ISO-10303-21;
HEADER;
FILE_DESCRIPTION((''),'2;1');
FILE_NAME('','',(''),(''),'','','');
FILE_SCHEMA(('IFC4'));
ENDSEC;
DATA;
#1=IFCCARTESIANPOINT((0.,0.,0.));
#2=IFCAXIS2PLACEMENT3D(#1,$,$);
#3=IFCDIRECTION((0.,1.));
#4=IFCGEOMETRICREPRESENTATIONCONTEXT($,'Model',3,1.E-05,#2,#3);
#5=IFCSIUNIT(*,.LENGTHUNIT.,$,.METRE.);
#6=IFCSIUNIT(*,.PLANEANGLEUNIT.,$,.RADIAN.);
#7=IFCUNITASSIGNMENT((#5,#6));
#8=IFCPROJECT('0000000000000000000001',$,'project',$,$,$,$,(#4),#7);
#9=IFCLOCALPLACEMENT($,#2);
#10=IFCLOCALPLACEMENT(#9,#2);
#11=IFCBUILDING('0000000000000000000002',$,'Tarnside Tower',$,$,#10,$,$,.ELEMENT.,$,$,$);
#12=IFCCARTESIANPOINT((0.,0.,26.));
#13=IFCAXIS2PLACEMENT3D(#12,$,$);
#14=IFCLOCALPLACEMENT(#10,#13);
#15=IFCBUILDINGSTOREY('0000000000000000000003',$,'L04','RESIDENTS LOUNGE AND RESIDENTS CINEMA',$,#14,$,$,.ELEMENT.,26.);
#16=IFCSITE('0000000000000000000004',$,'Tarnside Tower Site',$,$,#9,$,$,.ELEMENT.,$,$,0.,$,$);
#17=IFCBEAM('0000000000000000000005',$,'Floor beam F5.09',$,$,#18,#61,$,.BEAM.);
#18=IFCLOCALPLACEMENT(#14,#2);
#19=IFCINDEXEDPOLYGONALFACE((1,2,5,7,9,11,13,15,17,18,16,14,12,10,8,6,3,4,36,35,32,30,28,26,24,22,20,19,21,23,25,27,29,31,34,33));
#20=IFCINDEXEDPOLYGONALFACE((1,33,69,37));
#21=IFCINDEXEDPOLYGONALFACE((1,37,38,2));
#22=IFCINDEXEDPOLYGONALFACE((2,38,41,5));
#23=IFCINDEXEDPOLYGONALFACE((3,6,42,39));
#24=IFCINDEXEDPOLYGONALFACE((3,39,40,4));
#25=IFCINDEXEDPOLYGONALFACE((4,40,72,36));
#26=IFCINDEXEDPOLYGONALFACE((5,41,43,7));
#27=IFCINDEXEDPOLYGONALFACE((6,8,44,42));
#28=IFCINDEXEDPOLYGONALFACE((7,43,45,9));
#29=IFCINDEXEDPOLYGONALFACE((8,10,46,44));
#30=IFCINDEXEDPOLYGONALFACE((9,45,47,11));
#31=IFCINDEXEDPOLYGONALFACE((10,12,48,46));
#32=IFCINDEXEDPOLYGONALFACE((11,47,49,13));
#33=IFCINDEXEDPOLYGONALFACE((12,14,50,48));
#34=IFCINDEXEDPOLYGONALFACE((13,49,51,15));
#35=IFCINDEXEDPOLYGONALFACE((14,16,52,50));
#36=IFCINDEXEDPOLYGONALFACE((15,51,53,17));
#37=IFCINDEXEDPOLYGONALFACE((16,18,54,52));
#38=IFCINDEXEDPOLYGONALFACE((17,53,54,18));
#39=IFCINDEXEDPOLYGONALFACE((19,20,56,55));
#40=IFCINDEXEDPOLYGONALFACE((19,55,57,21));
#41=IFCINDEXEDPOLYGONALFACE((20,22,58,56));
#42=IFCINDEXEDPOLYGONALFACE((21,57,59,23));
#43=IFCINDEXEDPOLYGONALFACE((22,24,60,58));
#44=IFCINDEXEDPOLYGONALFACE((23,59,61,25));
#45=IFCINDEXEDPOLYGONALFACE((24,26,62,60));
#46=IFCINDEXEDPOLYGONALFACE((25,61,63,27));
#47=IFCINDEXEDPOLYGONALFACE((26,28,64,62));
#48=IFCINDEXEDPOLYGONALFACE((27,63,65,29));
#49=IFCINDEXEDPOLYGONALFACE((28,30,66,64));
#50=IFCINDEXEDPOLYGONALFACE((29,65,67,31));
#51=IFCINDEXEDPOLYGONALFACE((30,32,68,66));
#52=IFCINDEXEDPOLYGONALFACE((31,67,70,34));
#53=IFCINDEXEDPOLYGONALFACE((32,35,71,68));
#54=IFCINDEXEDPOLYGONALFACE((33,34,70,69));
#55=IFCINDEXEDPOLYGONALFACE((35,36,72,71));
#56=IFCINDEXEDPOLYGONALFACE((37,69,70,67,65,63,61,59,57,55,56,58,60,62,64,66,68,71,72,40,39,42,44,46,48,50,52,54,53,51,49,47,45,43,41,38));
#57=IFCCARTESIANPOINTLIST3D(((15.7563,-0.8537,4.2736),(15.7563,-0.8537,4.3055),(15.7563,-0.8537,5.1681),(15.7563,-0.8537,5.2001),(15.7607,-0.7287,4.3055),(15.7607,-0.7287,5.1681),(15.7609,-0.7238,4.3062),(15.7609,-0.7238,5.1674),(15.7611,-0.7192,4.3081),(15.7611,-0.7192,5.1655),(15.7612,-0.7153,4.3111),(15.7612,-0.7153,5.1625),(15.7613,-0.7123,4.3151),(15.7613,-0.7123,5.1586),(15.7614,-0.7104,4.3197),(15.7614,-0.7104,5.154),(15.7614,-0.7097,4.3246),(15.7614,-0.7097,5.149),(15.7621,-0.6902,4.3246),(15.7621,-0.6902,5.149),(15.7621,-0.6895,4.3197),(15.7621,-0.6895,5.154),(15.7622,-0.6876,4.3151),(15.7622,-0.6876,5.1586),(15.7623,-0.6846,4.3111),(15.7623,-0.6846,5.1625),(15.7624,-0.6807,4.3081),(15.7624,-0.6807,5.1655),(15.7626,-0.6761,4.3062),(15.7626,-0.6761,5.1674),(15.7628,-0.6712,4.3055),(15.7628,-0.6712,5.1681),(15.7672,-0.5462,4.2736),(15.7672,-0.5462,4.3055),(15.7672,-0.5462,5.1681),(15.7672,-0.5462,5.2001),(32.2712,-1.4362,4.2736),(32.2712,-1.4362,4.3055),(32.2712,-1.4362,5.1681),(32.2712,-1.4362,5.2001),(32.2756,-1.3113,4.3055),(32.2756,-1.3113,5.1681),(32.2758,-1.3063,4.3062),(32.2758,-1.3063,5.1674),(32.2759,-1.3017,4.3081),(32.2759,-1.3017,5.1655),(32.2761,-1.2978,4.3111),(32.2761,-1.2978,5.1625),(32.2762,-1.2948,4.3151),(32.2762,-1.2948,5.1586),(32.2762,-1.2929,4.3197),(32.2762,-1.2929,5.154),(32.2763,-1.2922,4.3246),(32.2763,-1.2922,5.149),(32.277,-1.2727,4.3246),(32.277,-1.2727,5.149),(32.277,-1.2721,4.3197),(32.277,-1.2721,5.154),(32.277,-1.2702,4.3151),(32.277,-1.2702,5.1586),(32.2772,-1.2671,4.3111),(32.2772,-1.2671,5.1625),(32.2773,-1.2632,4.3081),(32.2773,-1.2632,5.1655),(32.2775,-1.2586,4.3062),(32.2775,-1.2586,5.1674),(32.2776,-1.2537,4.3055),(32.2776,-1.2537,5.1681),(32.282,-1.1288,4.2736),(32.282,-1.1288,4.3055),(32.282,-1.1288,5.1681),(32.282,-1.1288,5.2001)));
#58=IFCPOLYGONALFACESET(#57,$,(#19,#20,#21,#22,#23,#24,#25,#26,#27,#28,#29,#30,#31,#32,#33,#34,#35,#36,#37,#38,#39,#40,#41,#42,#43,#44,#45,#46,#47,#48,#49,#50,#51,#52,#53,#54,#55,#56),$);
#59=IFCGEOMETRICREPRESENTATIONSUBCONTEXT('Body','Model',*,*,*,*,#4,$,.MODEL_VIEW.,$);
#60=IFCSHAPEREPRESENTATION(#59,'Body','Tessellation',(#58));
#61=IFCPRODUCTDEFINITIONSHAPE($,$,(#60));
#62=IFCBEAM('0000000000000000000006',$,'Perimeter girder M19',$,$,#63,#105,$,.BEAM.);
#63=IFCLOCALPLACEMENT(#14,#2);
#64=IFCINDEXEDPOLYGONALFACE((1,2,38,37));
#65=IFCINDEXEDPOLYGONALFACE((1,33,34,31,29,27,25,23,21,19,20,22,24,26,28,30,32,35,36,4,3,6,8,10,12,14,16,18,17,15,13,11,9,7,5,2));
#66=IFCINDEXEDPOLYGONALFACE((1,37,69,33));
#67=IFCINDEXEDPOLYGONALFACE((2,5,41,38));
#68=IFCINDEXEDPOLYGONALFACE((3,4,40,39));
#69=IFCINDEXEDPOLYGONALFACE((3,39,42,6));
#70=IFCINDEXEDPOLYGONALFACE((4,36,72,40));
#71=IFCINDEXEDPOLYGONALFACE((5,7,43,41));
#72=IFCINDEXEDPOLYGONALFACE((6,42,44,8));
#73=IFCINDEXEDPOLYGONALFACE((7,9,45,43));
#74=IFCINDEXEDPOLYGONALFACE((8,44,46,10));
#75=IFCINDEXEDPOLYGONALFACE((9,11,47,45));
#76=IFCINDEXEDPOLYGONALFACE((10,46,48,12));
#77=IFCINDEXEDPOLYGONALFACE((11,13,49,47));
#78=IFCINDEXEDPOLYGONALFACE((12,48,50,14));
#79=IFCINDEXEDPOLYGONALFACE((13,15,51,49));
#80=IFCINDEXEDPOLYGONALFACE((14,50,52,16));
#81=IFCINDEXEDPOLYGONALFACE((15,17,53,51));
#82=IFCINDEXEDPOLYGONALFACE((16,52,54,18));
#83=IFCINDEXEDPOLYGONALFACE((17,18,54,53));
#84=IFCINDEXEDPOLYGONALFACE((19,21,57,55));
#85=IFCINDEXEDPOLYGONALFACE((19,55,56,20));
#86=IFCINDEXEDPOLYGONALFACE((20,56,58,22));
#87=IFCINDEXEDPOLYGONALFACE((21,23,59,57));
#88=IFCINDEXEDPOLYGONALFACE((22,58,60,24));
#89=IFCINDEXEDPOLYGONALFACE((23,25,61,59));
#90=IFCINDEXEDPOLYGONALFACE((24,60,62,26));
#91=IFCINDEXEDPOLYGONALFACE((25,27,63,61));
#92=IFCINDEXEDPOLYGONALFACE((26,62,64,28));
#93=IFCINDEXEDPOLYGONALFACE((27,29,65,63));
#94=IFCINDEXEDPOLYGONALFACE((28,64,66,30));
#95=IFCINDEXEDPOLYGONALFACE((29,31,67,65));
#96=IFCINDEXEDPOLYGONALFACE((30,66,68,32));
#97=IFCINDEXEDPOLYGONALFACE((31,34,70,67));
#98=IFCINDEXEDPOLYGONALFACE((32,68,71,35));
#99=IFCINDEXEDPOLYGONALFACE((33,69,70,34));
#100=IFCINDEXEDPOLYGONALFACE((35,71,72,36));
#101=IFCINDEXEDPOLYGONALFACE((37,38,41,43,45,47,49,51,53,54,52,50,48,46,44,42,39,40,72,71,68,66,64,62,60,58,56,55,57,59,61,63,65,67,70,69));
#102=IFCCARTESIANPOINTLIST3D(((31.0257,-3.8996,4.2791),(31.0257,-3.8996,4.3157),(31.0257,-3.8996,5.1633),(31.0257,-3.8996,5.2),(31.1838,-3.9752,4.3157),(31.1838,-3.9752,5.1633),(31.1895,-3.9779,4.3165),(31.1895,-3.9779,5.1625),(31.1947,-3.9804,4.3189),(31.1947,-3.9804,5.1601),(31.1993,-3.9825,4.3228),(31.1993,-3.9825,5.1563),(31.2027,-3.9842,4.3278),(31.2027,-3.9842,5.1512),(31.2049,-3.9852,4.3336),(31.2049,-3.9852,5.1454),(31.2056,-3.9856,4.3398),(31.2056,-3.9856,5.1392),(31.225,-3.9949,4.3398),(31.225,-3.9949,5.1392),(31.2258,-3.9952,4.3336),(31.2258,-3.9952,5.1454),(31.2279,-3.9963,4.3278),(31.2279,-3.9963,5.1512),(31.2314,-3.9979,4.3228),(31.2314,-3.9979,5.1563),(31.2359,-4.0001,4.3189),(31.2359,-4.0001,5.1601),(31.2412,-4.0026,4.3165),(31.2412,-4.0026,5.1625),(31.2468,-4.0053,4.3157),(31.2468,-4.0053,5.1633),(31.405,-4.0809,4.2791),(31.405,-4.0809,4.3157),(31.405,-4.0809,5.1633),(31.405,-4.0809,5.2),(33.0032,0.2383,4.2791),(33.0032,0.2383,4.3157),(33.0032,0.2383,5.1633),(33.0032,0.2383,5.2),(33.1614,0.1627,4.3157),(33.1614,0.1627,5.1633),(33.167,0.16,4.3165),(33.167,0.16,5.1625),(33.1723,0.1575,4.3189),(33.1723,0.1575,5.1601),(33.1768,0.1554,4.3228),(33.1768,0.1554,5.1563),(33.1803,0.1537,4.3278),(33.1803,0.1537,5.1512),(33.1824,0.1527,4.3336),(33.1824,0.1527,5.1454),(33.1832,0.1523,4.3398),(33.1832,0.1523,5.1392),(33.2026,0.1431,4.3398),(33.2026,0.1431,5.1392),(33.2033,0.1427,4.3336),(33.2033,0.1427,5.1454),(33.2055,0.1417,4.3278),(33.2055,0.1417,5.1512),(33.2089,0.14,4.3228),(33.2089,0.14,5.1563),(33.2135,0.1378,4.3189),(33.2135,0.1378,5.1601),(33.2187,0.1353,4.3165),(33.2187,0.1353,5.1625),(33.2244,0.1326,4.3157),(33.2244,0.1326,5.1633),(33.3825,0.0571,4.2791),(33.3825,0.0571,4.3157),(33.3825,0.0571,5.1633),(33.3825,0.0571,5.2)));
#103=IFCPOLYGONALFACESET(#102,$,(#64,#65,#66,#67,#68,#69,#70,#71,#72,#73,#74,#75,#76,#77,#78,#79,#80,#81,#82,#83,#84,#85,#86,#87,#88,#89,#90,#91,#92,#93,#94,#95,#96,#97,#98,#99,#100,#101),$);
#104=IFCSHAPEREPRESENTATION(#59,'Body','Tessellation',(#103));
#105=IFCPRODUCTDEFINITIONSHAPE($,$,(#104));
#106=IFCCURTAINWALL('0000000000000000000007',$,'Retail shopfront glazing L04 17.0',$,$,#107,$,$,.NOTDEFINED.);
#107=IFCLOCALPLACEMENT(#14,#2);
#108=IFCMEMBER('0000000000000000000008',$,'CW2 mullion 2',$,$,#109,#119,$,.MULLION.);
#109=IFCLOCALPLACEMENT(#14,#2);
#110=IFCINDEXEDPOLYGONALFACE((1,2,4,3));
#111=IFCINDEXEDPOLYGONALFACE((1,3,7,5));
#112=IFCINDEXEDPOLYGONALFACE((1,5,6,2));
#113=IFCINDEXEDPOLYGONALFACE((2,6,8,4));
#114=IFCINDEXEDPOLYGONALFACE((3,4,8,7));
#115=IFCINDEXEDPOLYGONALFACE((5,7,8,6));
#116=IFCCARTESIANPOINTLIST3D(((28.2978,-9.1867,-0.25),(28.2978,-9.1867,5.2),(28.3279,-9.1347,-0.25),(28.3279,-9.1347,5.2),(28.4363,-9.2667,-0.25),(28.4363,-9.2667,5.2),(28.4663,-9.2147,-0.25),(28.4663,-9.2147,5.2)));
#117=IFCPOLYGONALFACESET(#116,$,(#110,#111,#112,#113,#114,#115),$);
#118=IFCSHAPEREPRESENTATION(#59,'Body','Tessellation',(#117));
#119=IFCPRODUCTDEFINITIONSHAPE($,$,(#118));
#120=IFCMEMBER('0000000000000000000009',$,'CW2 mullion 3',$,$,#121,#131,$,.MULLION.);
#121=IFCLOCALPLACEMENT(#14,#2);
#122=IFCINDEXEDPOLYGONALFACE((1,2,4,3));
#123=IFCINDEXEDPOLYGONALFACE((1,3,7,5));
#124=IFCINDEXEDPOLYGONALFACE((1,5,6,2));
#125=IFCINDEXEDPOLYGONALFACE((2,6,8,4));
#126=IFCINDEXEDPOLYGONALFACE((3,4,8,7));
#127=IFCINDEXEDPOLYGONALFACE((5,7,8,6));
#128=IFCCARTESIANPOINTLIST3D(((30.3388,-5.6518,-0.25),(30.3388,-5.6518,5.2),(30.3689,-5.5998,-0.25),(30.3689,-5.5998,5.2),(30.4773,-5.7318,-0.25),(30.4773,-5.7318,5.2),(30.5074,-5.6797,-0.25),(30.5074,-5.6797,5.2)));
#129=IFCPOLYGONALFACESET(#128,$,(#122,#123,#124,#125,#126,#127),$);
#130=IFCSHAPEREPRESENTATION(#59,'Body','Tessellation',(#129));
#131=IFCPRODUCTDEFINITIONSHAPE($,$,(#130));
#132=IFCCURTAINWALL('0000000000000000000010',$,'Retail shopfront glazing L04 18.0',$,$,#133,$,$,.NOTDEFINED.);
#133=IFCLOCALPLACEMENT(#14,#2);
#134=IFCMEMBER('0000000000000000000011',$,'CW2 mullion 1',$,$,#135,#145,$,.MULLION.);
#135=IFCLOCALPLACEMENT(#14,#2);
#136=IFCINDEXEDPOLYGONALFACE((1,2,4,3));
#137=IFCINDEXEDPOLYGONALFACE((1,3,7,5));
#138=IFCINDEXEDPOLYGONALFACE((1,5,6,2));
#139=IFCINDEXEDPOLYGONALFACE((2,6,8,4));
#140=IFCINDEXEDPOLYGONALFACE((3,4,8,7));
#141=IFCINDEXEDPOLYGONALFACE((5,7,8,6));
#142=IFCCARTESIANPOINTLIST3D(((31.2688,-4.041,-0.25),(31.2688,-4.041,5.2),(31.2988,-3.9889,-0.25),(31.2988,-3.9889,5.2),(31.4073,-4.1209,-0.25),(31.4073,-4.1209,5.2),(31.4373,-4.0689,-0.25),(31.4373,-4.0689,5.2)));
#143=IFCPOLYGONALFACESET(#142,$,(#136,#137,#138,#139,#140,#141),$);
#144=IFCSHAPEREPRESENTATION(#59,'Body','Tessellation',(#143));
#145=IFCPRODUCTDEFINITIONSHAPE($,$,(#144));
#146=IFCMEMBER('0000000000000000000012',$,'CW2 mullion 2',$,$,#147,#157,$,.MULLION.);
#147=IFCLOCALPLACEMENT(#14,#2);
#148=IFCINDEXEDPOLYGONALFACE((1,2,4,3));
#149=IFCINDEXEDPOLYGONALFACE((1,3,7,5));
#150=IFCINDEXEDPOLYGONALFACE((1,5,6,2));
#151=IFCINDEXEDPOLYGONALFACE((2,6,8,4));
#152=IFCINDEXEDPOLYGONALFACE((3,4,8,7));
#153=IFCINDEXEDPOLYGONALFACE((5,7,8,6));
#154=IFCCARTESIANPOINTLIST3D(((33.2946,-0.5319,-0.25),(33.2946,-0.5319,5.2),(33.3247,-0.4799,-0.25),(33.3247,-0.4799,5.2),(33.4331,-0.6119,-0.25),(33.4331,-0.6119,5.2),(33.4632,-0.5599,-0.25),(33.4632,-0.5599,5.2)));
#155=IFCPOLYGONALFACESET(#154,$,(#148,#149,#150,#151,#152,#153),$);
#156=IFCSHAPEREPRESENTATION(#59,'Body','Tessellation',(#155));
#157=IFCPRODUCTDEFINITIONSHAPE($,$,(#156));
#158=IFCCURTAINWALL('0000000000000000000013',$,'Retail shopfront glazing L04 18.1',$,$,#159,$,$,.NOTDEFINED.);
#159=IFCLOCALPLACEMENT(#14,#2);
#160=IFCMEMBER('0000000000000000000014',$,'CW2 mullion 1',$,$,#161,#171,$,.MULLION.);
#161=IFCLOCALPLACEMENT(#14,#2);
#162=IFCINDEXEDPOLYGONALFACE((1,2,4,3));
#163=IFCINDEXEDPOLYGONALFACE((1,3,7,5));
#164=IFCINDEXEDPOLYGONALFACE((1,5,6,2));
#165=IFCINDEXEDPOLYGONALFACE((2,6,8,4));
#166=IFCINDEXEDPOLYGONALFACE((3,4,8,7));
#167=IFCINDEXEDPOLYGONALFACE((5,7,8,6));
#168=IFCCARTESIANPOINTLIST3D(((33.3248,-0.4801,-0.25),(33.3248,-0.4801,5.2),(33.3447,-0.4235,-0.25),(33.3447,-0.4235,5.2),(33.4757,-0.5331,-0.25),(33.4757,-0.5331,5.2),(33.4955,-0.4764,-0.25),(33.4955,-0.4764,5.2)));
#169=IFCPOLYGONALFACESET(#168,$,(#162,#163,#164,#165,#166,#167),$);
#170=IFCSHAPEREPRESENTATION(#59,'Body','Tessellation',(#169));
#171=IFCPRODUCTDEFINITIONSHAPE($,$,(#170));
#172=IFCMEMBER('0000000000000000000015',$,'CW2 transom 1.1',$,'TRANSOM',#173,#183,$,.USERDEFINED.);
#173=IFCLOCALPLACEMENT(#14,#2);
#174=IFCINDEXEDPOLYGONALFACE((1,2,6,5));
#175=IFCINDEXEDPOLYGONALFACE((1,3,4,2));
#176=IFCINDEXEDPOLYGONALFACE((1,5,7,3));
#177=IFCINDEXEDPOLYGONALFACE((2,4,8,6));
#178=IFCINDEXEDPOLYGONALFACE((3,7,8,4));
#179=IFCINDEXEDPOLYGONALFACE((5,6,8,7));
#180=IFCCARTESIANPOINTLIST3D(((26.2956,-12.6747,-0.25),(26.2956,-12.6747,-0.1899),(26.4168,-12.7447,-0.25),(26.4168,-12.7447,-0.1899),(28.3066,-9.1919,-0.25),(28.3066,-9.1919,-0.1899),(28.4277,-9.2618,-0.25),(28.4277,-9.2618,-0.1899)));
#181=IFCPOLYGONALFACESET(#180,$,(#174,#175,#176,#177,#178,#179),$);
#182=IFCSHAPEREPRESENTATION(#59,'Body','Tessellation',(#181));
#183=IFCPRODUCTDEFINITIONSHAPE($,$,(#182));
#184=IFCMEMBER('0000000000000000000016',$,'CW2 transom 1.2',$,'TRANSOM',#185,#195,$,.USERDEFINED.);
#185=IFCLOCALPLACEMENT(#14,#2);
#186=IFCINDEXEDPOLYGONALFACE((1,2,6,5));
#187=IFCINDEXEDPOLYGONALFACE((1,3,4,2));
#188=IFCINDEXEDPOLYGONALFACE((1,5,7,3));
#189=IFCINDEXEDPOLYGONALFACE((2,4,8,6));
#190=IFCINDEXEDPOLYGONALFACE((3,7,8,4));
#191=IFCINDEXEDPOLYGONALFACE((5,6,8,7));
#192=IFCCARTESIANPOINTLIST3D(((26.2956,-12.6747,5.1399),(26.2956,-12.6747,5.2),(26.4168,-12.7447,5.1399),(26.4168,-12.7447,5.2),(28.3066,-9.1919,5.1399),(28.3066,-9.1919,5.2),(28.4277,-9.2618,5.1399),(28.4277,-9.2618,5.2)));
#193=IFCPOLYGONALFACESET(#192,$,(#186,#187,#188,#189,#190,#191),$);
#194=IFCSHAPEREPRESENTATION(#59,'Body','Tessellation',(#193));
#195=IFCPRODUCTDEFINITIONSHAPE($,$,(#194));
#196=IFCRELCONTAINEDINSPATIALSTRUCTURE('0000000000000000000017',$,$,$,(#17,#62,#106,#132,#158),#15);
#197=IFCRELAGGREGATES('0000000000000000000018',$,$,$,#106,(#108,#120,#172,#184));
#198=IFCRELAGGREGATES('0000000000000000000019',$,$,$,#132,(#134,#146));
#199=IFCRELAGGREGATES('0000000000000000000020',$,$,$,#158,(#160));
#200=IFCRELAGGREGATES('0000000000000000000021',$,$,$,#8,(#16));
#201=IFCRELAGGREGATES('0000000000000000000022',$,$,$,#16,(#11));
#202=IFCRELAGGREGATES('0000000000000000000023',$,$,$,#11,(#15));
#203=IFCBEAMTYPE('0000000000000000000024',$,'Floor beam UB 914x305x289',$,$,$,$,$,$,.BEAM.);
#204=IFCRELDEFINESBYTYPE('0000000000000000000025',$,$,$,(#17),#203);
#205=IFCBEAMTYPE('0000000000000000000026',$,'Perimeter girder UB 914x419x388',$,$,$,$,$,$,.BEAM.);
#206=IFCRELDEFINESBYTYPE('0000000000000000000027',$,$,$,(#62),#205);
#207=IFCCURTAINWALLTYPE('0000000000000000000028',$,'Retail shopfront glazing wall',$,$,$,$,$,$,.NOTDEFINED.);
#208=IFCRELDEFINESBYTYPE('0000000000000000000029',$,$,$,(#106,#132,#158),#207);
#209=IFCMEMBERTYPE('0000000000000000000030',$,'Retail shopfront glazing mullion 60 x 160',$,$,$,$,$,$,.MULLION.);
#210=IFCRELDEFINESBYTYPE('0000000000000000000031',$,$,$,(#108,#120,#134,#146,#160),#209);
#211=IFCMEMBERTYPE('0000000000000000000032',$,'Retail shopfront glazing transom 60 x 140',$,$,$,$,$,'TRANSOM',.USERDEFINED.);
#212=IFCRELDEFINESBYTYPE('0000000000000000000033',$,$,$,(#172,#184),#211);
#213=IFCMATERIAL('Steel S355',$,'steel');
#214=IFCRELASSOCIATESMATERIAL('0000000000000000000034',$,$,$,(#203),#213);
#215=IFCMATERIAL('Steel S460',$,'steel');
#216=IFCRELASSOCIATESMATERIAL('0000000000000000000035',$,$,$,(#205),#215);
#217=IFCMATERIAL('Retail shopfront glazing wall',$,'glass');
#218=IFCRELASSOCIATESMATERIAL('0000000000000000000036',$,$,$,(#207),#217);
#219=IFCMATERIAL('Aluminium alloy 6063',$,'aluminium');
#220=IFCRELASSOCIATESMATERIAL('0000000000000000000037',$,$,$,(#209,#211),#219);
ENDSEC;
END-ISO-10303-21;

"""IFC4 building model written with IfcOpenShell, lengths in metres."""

from ifc_helpers import new_model, si_unit, direction, frame, origin, origin_2d, place, context, subcontext, project, spatial, rectangle, i_section, extrude, material, material_profile, profile_set, type_object, element, aggregate, save


model = new_model("IFC4")

# Units and contexts
model_context = context("Model", 3, precision=1e-05, world=origin(), true_north=direction((0.0, 1.0)))
body_context = subcontext(model_context, "Body", "Model", "MODEL_VIEW")
ifc_project = project(units=[si_unit("LENGTHUNIT", "METRE"), si_unit("PLANEANGLEUNIT", "RADIAN")], contexts=[model_context])

# Site, building, storey
site_placement = place(None, origin())
site = spatial("IfcSite", under=ifc_project, at=site_placement, Name="Tarnside Tower Site", CompositionType="ELEMENT", RefElevation=0.0)
building_placement = place(site_placement, origin())
building = spatial("IfcBuilding", under=site, at=building_placement, Name="Tarnside Tower", CompositionType="ELEMENT")
storey_placement = place(building_placement, frame((0.0, 0.0, 26.0)))
storey = spatial("IfcBuildingStorey", under=building, at=storey_placement, Name="L04", Description="RESIDENTS LOUNGE AND RESIDENTS CINEMA", CompositionType="ELEMENT", Elevation=26.0)

# Beams
ifc_material_1 = material(Name="Steel S355", Category="steel")
ifc_material_profile_1 = material_profile(ifc_material_1, i_section(OverallWidth=0.3076, OverallDepth=0.9265, WebThickness=0.0195, FlangeThickness=0.032, FilletRadius=0.019, at=origin_2d()), Name="UB 914x305x289")
ifc_profile_set_1 = profile_set([ifc_material_profile_1], Name="Steel S355")
beam_type_1 = type_object("IfcBeamType", Name="Floor beam UB 914x305x289", PredefinedType="BEAM", material=ifc_profile_set_1)
beam_1_placement = place(storey_placement, frame((32.2766, -1.2825, 4.7368), z_axis=(-0.999379, 0.03525, 0.0), x_axis=(-0.03525, -0.999379, 0.0)))
element("IfcBeam", 1, at=beam_1_placement, inside=storey, type_object=beam_type_1, Name="Floor beam F5.09", PredefinedType="BEAM", context=body_context, shape_type="SweptSolid", body=[
    extrude(i_section(OverallWidth=0.3076, OverallDepth=0.9265, WebThickness=0.0195, FlangeThickness=0.032, FilletRadius=0.019, at=origin_2d()), origin(), (0.0, 0.0, 1.0), 16.5251),
])
ifc_material_2 = material(Name="Steel S460", Category="steel")
ifc_material_profile_2 = material_profile(ifc_material_2, i_section(OverallWidth=0.4204, OverallDepth=0.9209, WebThickness=0.0215, FlangeThickness=0.0366, FilletRadius=0.0242, at=origin_2d()), Name="UB 914x419x388")
ifc_profile_set_2 = profile_set([ifc_material_profile_2], Name="Steel S460")
beam_type_2 = type_object("IfcBeamType", Name="Perimeter girder UB 914x419x388", PredefinedType="BEAM", material=ifc_profile_set_2)
beam_2_placement = place(storey_placement, frame((31.2153, -3.9902, 4.7395), z_axis=(0.431194, 0.902259, 0.0), x_axis=(-0.902259, 0.431194, 0.0)))
element("IfcBeam", 2, at=beam_2_placement, inside=storey, type_object=beam_type_2, Name="Perimeter girder M19", PredefinedType="BEAM", context=body_context, shape_type="SweptSolid", body=[
    extrude(i_section(OverallWidth=0.4204, OverallDepth=0.9209, WebThickness=0.0215, FlangeThickness=0.0366, FilletRadius=0.0242, at=origin_2d()), origin(), (0.0, 0.0, 1.0), 4.5862),
])

# Curtain walls, members
ifc_material_3 = material(Name="Retail shopfront glazing wall", Category="glass")
curtain_wall_type = type_object("IfcCurtainWallType", Name="Retail shopfront glazing wall", PredefinedType="NOTDEFINED", material=ifc_material_3)
curtain_wall_1_placement = place(storey_placement, origin())
curtain_wall_1 = element("IfcCurtainWall", 3, at=curtain_wall_1_placement, inside=storey, type_object=curtain_wall_type, Name="Retail shopfront glazing L04 17.0", PredefinedType="NOTDEFINED")
ifc_material_4 = material(Name="Aluminium alloy 6063", Category="aluminium")
ifc_material_profile_3 = material_profile(ifc_material_4, rectangle(XDim=0.1599, YDim=0.0601, at=origin_2d()), Name="Retail shopfront glazing mullion 60 x 160")
ifc_profile_set_3 = profile_set([ifc_material_profile_3], Name="Aluminium alloy 6063")
member_type_1 = type_object("IfcMemberType", Name="Retail shopfront glazing mullion 60 x 160", PredefinedType="MULLION", material=ifc_profile_set_3)
member_1_placement = place(storey_placement, frame((28.3821, -9.2007, -0.25), z_axis=(0.0, 0.0, 1.0), x_axis=(-0.866025, 0.5, 0.0)))
member_1 = element("IfcMember", 4, at=member_1_placement, type_object=member_type_1, Name="CW2 mullion 2", PredefinedType="MULLION", context=body_context, shape_type="SweptSolid", body=[
    extrude(rectangle(XDim=0.1599, YDim=0.0601, at=origin_2d()), origin(), (0.0, 0.0, 1.0), 5.45),
])
member_2_placement = place(storey_placement, frame((30.4231, -5.6658, -0.25), z_axis=(0.0, 0.0, 1.0), x_axis=(-0.866025, 0.5, 0.0)))
member_2 = element("IfcMember", 5, at=member_2_placement, type_object=member_type_1, Name="CW2 mullion 3", PredefinedType="MULLION", context=body_context, shape_type="SweptSolid", body=[
    extrude(rectangle(XDim=0.1599, YDim=0.0601, at=origin_2d()), origin(), (0.0, 0.0, 1.0), 5.45),
])
curtain_wall_2_placement = place(storey_placement, origin())
curtain_wall_2 = element("IfcCurtainWall", 6, at=curtain_wall_2_placement, inside=storey, type_object=curtain_wall_type, Name="Retail shopfront glazing L04 18.0", PredefinedType="NOTDEFINED")
member_3_placement = place(storey_placement, frame((31.353, -4.0549, -0.25), z_axis=(0.0, 0.0, 1.0), x_axis=(-0.866025, 0.5, 0.0)))
member_3 = element("IfcMember", 7, at=member_3_placement, type_object=member_type_1, Name="CW2 mullion 1", PredefinedType="MULLION", context=body_context, shape_type="SweptSolid", body=[
    extrude(rectangle(XDim=0.1599, YDim=0.0601, at=origin_2d()), origin(), (0.0, 0.0, 1.0), 5.45),
])
member_4_placement = place(storey_placement, frame((33.3789, -0.5459, -0.25), z_axis=(0.0, 0.0, 1.0), x_axis=(-0.866025, 0.5, 0.0)))
member_4 = element("IfcMember", 8, at=member_4_placement, type_object=member_type_1, Name="CW2 mullion 2", PredefinedType="MULLION", context=body_context, shape_type="SweptSolid", body=[
    extrude(rectangle(XDim=0.1599, YDim=0.0601, at=origin_2d()), origin(), (0.0, 0.0, 1.0), 5.45),
])

# Curtain wall, member
curtain_wall_3_placement = place(storey_placement, origin())
curtain_wall_3 = element("IfcCurtainWall", 9, at=curtain_wall_3_placement, inside=storey, type_object=curtain_wall_type, Name="Retail shopfront glazing L04 18.1", PredefinedType="NOTDEFINED")
member_5_placement = place(storey_placement, frame((33.4102, -0.4783, -0.25), z_axis=(0.0, 0.0, 1.0), x_axis=(-0.943609, 0.331063, 0.0)))
member_5 = element("IfcMember", 10, at=member_5_placement, type_object=member_type_1, Name="CW2 mullion 1", PredefinedType="MULLION", context=body_context, shape_type="SweptSolid", body=[
    extrude(rectangle(XDim=0.1599, YDim=0.0601, at=origin_2d()), origin(), (0.0, 0.0, 1.0), 5.45),
])

# Members
ifc_material_profile_4 = material_profile(ifc_material_4, rectangle(XDim=0.1399, YDim=0.0601, at=origin_2d()), Name="Retail shopfront glazing transom 60 x 140")
ifc_profile_set_4 = profile_set([ifc_material_profile_4], Name="Aluminium alloy 6063")
member_type_2 = type_object("IfcMemberType", Name="Retail shopfront glazing transom 60 x 140", ElementType="TRANSOM", PredefinedType="USERDEFINED", material=ifc_profile_set_4)
member_6_placement = place(storey_placement, frame((26.3562, -12.7097, -0.22), z_axis=(0.500024, 0.866012, 0.0), x_axis=(-0.866012, 0.500024, 0.0)))
member_6 = element("IfcMember", 11, at=member_6_placement, type_object=member_type_2, Name="CW2 transom 1.1", ObjectType="TRANSOM", PredefinedType="USERDEFINED", context=body_context, shape_type="SweptSolid", body=[
    extrude(rectangle(XDim=0.1399, YDim=0.0601, at=origin_2d()), origin(), (0.0, 0.0, 1.0), 4.0217),
])
member_7_placement = place(storey_placement, frame((26.3562, -12.7097, 5.1699), z_axis=(0.500024, 0.866012, 0.0), x_axis=(-0.866012, 0.500024, 0.0)))
member_7 = element("IfcMember", 12, at=member_7_placement, type_object=member_type_2, Name="CW2 transom 1.2", ObjectType="TRANSOM", PredefinedType="USERDEFINED", context=body_context, shape_type="SweptSolid", body=[
    extrude(rectangle(XDim=0.1399, YDim=0.0601, at=origin_2d()), origin(), (0.0, 0.0, 1.0), 4.0217),
])

aggregate(curtain_wall_1, [member_1, member_2, member_6, member_7])
aggregate(curtain_wall_2, [member_3, member_4])
aggregate(curtain_wall_3, [member_5])

save(model, "model.ifc")
